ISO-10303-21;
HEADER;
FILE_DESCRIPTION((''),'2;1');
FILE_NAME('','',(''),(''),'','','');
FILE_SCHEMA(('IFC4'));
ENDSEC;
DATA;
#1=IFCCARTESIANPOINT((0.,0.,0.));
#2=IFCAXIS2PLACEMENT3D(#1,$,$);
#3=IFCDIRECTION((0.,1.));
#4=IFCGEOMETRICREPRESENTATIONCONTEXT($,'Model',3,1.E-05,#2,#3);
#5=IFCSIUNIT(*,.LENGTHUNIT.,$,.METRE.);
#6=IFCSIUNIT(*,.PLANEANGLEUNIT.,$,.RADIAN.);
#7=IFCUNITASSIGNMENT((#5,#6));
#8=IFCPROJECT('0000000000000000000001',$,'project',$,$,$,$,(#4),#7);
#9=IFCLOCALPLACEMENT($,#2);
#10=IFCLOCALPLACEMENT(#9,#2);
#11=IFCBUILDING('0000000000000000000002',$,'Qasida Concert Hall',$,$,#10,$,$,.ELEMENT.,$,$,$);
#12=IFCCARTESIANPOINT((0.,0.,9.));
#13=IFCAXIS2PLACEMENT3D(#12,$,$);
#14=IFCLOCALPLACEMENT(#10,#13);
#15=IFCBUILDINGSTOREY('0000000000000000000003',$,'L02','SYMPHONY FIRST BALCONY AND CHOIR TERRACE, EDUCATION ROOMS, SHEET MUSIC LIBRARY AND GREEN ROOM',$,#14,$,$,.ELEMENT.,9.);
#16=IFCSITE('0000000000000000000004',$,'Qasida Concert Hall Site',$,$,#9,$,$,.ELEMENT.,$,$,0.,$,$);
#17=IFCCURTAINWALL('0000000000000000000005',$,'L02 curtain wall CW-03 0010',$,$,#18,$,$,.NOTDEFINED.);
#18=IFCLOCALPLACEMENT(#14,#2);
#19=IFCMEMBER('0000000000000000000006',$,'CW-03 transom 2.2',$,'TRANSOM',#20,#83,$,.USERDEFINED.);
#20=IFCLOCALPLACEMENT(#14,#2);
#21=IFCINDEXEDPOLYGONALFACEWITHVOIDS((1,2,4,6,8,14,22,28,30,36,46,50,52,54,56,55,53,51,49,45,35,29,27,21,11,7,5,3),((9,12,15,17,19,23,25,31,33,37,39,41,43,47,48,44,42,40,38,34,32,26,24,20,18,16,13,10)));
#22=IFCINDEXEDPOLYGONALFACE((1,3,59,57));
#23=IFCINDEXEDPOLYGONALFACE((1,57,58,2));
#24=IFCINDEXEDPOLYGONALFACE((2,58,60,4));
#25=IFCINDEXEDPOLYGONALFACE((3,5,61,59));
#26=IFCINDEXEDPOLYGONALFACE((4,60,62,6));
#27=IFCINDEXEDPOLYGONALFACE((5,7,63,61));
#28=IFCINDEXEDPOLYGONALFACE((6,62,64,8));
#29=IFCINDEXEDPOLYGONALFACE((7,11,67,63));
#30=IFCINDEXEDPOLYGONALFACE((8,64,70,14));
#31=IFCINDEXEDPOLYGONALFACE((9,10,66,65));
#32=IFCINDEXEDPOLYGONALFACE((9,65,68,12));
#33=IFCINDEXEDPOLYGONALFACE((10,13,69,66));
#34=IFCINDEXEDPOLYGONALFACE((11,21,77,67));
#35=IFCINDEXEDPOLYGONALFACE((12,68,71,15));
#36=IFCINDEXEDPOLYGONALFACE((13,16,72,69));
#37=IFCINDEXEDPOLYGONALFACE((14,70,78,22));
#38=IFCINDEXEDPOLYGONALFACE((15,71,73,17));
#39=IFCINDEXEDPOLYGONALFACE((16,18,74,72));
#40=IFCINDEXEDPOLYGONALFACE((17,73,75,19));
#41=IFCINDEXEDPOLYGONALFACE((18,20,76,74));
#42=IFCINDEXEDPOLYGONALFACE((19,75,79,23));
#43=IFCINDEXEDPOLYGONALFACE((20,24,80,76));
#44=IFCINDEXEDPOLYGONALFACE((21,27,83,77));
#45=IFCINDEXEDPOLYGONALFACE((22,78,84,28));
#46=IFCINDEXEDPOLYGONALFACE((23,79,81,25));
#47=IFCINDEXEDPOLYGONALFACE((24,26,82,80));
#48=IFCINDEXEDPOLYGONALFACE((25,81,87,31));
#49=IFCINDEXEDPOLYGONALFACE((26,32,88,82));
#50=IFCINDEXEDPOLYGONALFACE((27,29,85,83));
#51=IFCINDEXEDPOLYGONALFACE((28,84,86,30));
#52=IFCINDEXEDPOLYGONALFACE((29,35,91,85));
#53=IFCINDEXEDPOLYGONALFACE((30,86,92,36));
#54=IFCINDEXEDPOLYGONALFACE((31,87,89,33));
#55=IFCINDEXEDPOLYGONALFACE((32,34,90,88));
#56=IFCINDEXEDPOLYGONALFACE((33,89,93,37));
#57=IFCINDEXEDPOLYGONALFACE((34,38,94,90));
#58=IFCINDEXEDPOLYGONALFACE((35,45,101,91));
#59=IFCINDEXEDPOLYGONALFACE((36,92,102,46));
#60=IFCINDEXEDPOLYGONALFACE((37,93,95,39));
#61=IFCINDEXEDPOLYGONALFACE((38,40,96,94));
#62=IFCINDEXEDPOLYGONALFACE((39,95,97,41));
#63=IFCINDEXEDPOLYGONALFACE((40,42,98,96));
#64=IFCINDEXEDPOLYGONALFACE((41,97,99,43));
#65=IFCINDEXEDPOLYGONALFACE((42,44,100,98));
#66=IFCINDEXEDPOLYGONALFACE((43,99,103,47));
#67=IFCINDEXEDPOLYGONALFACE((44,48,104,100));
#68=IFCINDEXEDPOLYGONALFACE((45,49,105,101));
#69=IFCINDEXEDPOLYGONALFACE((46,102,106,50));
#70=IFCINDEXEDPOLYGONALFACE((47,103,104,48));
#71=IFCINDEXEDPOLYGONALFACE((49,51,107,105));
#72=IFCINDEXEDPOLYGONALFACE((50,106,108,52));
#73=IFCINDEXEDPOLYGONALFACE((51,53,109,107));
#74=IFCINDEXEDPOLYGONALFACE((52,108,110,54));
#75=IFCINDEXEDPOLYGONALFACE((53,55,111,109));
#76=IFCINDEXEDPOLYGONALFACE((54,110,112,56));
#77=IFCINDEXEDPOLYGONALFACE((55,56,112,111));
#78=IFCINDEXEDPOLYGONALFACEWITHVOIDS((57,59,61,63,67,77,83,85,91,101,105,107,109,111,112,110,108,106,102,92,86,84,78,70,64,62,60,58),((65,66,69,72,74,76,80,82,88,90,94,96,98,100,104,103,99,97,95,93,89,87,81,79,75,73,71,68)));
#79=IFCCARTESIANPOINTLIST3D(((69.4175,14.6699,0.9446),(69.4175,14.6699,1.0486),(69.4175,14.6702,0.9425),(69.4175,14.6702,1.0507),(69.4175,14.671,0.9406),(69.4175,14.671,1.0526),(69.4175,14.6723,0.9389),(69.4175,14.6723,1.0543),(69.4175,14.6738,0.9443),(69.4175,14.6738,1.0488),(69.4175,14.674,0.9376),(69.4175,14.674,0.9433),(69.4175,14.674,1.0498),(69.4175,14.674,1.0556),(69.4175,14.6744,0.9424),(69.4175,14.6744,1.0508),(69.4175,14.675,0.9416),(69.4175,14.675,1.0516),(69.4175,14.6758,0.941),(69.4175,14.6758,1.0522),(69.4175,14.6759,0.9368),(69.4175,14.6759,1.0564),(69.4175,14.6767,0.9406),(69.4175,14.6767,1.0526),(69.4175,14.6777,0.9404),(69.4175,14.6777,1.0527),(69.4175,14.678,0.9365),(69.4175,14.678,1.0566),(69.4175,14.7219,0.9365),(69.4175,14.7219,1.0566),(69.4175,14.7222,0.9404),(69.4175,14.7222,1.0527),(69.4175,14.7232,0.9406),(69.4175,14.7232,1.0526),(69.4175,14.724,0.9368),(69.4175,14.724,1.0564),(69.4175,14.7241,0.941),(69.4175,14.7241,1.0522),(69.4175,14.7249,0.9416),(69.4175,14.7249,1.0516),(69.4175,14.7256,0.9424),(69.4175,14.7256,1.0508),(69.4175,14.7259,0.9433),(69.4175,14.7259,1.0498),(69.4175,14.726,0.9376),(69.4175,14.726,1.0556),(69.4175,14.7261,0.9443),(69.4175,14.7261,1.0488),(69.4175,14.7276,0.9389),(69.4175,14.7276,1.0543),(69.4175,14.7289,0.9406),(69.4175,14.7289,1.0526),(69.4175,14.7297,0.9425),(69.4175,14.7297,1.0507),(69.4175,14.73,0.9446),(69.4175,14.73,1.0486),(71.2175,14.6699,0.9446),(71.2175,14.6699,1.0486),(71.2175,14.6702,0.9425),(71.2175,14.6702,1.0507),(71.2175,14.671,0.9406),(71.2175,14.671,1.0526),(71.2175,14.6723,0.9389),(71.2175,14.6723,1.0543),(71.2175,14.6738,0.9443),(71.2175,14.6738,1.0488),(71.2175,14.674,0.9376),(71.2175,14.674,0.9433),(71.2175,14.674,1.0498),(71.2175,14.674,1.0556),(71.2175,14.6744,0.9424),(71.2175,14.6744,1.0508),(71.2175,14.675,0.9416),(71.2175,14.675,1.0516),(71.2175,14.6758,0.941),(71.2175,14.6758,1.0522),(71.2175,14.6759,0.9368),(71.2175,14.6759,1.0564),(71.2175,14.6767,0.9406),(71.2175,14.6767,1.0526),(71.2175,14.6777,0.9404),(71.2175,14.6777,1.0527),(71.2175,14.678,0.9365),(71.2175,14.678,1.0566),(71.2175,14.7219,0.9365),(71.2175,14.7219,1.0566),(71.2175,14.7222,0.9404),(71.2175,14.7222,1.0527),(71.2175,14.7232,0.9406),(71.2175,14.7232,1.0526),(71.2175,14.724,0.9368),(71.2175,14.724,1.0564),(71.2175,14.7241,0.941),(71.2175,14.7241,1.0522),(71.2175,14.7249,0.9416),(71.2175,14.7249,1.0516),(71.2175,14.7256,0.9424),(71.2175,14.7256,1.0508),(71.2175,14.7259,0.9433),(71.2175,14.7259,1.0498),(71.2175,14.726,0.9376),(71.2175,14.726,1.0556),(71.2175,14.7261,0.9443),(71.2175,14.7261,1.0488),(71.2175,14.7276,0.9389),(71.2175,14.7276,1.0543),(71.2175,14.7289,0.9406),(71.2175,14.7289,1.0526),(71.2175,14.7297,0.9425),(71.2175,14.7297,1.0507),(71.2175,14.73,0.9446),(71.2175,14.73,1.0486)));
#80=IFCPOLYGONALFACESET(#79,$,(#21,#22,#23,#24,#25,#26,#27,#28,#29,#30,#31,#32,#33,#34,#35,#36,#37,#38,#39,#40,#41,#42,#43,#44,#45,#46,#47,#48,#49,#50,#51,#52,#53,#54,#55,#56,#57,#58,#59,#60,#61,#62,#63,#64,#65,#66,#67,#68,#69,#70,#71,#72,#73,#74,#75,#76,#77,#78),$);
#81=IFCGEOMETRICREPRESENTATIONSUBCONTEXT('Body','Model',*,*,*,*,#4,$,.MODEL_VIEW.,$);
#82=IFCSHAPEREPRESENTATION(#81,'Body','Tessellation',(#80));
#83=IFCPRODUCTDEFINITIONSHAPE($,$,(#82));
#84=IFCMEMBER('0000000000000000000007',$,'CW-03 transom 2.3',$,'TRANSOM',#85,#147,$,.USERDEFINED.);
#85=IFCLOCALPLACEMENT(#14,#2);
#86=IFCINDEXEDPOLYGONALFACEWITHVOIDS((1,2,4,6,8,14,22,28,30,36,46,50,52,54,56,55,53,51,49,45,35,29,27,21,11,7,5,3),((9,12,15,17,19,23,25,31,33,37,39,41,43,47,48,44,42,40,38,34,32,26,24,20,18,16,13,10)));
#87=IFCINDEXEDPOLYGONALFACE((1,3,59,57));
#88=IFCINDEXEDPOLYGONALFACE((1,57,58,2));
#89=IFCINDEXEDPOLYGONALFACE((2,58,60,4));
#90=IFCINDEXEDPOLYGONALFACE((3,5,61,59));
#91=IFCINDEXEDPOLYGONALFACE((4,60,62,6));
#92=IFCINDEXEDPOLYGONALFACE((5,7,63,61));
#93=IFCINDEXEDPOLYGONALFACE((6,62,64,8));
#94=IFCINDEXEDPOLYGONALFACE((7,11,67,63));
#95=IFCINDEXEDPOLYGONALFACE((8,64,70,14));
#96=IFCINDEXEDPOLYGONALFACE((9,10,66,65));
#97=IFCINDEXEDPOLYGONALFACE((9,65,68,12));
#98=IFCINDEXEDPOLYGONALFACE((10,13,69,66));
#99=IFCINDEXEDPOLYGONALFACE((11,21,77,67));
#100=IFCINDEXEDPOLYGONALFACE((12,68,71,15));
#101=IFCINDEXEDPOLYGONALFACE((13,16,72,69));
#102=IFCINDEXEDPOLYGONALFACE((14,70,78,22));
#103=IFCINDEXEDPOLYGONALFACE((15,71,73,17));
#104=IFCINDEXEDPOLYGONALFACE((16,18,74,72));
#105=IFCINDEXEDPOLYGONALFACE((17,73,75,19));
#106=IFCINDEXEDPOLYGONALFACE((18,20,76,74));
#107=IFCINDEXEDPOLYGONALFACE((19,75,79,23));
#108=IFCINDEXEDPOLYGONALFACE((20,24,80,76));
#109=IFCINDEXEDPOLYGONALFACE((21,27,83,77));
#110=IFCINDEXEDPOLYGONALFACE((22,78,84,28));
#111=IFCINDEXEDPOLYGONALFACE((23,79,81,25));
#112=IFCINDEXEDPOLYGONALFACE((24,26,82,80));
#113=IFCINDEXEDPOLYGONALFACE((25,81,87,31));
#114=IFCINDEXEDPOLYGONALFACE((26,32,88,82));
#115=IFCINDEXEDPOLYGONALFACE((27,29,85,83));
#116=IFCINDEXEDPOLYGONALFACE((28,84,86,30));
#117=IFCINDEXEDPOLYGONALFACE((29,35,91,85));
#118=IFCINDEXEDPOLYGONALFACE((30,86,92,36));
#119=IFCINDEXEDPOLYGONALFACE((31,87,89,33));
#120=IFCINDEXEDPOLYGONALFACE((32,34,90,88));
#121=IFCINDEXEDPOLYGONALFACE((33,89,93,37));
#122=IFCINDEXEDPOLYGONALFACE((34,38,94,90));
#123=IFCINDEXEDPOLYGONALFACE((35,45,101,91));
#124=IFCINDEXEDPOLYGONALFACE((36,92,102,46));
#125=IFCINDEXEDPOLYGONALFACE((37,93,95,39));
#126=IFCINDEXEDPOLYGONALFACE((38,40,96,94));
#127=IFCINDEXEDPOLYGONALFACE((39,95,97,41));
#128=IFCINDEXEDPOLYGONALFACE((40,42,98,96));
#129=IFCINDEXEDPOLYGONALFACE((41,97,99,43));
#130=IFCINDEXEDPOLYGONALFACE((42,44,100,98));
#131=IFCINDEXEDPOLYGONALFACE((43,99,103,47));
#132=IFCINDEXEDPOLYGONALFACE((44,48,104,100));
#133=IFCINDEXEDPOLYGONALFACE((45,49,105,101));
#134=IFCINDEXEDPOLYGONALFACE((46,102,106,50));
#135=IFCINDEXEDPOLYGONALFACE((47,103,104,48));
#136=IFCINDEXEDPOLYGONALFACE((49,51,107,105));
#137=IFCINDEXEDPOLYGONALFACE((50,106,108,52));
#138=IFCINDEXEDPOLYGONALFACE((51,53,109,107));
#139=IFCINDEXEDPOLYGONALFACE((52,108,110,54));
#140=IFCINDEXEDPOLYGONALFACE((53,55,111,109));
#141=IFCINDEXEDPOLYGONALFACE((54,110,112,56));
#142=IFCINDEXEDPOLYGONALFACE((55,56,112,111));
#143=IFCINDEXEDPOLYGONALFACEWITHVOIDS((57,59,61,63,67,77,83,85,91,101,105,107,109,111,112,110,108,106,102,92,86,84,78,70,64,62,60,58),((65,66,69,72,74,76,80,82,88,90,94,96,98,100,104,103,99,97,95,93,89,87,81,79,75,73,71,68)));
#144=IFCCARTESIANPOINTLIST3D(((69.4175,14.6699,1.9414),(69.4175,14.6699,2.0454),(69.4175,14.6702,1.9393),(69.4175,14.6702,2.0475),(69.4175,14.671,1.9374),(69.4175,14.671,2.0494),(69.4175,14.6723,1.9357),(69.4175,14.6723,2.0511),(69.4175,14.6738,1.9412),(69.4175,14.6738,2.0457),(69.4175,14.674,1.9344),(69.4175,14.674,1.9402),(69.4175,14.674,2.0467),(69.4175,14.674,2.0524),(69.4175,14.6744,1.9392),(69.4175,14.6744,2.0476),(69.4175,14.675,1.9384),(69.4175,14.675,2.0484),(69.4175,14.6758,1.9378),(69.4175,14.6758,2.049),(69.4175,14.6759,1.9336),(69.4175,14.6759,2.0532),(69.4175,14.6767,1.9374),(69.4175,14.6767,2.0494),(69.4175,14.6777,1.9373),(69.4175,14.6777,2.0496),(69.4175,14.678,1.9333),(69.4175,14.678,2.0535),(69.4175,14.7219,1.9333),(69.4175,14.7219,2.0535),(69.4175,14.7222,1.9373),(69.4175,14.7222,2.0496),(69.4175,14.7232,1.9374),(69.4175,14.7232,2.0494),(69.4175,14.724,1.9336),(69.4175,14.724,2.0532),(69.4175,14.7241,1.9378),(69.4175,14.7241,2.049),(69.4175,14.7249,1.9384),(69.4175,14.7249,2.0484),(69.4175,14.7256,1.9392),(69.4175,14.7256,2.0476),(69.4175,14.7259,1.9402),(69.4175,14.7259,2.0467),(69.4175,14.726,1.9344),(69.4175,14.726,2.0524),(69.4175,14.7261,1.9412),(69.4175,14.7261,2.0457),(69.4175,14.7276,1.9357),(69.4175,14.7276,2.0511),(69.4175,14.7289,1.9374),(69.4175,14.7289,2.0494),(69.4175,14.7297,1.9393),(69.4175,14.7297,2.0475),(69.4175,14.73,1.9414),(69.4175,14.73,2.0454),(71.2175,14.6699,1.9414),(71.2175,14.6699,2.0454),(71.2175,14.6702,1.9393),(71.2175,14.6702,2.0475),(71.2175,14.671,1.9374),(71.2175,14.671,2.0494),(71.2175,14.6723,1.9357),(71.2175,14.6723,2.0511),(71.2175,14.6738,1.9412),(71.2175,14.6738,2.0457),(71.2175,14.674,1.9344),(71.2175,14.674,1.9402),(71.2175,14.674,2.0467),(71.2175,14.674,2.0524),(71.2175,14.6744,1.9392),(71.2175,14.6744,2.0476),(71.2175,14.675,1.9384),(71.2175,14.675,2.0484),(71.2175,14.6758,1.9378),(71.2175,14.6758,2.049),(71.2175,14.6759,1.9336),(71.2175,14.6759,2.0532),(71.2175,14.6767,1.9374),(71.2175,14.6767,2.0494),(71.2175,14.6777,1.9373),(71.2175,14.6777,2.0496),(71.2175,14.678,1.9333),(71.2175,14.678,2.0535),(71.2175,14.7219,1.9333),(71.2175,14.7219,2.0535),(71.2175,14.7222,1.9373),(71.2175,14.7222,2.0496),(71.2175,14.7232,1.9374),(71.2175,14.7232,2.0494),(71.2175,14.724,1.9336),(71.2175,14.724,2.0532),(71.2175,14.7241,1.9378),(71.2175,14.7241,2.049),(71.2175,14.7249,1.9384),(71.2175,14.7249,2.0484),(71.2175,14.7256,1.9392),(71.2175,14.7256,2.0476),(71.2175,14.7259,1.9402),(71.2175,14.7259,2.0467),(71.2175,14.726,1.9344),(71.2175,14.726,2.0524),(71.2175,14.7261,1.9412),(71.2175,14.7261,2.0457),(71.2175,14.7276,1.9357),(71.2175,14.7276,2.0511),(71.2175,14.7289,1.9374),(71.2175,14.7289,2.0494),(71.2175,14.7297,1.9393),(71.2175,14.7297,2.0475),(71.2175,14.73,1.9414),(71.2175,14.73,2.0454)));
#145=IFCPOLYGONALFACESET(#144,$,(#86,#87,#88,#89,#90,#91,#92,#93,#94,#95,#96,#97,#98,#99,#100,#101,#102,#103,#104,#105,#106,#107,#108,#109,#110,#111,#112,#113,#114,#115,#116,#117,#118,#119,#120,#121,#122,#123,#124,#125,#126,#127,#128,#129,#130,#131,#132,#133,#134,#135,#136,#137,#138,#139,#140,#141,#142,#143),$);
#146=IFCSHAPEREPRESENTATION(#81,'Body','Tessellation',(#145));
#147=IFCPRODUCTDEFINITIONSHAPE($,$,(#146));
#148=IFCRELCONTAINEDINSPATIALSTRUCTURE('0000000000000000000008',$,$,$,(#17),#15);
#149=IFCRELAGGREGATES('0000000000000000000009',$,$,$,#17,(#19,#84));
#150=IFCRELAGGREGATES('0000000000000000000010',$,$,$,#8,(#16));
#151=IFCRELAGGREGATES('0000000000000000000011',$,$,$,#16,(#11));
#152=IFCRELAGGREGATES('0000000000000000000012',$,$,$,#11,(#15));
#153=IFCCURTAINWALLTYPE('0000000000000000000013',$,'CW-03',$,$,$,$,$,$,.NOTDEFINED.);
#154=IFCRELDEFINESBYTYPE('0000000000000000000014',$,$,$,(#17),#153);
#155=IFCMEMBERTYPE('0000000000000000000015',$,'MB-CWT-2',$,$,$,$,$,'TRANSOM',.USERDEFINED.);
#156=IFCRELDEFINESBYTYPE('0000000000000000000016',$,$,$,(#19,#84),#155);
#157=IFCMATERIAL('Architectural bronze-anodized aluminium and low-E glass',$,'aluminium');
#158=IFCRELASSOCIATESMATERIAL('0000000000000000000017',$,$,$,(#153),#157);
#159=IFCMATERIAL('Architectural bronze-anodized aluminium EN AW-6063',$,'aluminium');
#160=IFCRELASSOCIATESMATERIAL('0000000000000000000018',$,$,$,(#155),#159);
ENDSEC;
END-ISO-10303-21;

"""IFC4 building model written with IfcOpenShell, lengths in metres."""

from ifc_helpers import new_model, si_unit, direction, frame, origin, origin_2d, place, context, subcontext, project, spatial, hollow_rectangle, extrude, material, material_profile, profile_set, type_object, element, aggregate, save


model = new_model("IFC4")

# Units and contexts
model_context = context("Model", 3, precision=1e-05, world=origin(), true_north=direction((0.0, 1.0)))
body_context = subcontext(model_context, "Body", "Model", "MODEL_VIEW")
ifc_project = project(units=[si_unit("LENGTHUNIT", "METRE"), si_unit("PLANEANGLEUNIT", "RADIAN")], contexts=[model_context])

# Site, building, storey
site_placement = place(None, origin())
site = spatial("IfcSite", under=ifc_project, at=site_placement, Name="Qasida Concert Hall Site", CompositionType="ELEMENT", RefElevation=0.0)
building_placement = place(site_placement, origin())
building = spatial("IfcBuilding", under=site, at=building_placement, Name="Qasida Concert Hall", CompositionType="ELEMENT")
storey_placement = place(building_placement, frame((0.0, 0.0, 9.0)))
storey = spatial("IfcBuildingStorey", under=building, at=storey_placement, Name="L02", Description="SYMPHONY FIRST BALCONY AND CHOIR TERRACE, EDUCATION ROOMS, SHEET MUSIC LIBRARY AND GREEN ROOM", CompositionType="ELEMENT", Elevation=9.0)

# Curtain wall, members
ifc_material_1 = material(Name="Architectural bronze-anodized aluminium and low-E glass", Category="aluminium")
curtain_wall_type = type_object("IfcCurtainWallType", Name="CW-03", PredefinedType="NOTDEFINED", material=ifc_material_1)
curtain_wall_placement = place(storey_placement, origin())
curtain_wall = element("IfcCurtainWall", 1, at=curtain_wall_placement, inside=storey, type_object=curtain_wall_type, Name="L02 curtain wall CW-03 0010", PredefinedType="NOTDEFINED")
ifc_material_2 = material(Name="Architectural bronze-anodized aluminium EN AW-6063", Category="aluminium")
ifc_material_profile_1 = material_profile(ifc_material_2, hollow_rectangle(XDim=0.0601, YDim=0.1201, WallThickness=0.0039, InnerFilletRadius=0.0039, OuterFilletRadius=0.0081, at=origin_2d()), Name="CWT 120x60x4")
ifc_profile_set_1 = profile_set([ifc_material_profile_1], Name="Architectural bronze-anodized aluminium EN AW-6063")
member_type_1 = type_object("IfcMemberType", Name="MB-CWT-2", ElementType="TRANSOM", PredefinedType="USERDEFINED", material=ifc_profile_set_1)
member_1_placement = place(storey_placement, frame((69.4175, 14.7, 0.9966), z_axis=(1.0, 0.0, 0.0), x_axis=(0.0, 1.0, 0.0)))
member_1 = element("IfcMember", 2, at=member_1_placement, type_object=member_type_1, Name="CW-03 transom 2.2", ObjectType="TRANSOM", PredefinedType="USERDEFINED", context=body_context, shape_type="SweptSolid", body=[
    extrude(hollow_rectangle(XDim=0.0601, YDim=0.1201, WallThickness=0.0039, InnerFilletRadius=0.0039, OuterFilletRadius=0.0081, at=origin_2d()), origin(), (0.0, 0.0, 1.0), 1.8),
])
member_2_placement = place(storey_placement, frame((69.4175, 14.7, 1.9934), z_axis=(1.0, 0.0, 0.0), x_axis=(0.0, 1.0, 0.0)))
member_2 = element("IfcMember", 3, at=member_2_placement, type_object=member_type_1, Name="CW-03 transom 2.3", ObjectType="TRANSOM", PredefinedType="USERDEFINED", context=body_context, shape_type="SweptSolid", body=[
    extrude(hollow_rectangle(XDim=0.0601, YDim=0.1201, WallThickness=0.0039, InnerFilletRadius=0.0039, OuterFilletRadius=0.0081, at=origin_2d()), origin(), (0.0, 0.0, 1.0), 1.8),
])
aggregate(curtain_wall, [member_1, member_2])

save(model, "model.ifc")
